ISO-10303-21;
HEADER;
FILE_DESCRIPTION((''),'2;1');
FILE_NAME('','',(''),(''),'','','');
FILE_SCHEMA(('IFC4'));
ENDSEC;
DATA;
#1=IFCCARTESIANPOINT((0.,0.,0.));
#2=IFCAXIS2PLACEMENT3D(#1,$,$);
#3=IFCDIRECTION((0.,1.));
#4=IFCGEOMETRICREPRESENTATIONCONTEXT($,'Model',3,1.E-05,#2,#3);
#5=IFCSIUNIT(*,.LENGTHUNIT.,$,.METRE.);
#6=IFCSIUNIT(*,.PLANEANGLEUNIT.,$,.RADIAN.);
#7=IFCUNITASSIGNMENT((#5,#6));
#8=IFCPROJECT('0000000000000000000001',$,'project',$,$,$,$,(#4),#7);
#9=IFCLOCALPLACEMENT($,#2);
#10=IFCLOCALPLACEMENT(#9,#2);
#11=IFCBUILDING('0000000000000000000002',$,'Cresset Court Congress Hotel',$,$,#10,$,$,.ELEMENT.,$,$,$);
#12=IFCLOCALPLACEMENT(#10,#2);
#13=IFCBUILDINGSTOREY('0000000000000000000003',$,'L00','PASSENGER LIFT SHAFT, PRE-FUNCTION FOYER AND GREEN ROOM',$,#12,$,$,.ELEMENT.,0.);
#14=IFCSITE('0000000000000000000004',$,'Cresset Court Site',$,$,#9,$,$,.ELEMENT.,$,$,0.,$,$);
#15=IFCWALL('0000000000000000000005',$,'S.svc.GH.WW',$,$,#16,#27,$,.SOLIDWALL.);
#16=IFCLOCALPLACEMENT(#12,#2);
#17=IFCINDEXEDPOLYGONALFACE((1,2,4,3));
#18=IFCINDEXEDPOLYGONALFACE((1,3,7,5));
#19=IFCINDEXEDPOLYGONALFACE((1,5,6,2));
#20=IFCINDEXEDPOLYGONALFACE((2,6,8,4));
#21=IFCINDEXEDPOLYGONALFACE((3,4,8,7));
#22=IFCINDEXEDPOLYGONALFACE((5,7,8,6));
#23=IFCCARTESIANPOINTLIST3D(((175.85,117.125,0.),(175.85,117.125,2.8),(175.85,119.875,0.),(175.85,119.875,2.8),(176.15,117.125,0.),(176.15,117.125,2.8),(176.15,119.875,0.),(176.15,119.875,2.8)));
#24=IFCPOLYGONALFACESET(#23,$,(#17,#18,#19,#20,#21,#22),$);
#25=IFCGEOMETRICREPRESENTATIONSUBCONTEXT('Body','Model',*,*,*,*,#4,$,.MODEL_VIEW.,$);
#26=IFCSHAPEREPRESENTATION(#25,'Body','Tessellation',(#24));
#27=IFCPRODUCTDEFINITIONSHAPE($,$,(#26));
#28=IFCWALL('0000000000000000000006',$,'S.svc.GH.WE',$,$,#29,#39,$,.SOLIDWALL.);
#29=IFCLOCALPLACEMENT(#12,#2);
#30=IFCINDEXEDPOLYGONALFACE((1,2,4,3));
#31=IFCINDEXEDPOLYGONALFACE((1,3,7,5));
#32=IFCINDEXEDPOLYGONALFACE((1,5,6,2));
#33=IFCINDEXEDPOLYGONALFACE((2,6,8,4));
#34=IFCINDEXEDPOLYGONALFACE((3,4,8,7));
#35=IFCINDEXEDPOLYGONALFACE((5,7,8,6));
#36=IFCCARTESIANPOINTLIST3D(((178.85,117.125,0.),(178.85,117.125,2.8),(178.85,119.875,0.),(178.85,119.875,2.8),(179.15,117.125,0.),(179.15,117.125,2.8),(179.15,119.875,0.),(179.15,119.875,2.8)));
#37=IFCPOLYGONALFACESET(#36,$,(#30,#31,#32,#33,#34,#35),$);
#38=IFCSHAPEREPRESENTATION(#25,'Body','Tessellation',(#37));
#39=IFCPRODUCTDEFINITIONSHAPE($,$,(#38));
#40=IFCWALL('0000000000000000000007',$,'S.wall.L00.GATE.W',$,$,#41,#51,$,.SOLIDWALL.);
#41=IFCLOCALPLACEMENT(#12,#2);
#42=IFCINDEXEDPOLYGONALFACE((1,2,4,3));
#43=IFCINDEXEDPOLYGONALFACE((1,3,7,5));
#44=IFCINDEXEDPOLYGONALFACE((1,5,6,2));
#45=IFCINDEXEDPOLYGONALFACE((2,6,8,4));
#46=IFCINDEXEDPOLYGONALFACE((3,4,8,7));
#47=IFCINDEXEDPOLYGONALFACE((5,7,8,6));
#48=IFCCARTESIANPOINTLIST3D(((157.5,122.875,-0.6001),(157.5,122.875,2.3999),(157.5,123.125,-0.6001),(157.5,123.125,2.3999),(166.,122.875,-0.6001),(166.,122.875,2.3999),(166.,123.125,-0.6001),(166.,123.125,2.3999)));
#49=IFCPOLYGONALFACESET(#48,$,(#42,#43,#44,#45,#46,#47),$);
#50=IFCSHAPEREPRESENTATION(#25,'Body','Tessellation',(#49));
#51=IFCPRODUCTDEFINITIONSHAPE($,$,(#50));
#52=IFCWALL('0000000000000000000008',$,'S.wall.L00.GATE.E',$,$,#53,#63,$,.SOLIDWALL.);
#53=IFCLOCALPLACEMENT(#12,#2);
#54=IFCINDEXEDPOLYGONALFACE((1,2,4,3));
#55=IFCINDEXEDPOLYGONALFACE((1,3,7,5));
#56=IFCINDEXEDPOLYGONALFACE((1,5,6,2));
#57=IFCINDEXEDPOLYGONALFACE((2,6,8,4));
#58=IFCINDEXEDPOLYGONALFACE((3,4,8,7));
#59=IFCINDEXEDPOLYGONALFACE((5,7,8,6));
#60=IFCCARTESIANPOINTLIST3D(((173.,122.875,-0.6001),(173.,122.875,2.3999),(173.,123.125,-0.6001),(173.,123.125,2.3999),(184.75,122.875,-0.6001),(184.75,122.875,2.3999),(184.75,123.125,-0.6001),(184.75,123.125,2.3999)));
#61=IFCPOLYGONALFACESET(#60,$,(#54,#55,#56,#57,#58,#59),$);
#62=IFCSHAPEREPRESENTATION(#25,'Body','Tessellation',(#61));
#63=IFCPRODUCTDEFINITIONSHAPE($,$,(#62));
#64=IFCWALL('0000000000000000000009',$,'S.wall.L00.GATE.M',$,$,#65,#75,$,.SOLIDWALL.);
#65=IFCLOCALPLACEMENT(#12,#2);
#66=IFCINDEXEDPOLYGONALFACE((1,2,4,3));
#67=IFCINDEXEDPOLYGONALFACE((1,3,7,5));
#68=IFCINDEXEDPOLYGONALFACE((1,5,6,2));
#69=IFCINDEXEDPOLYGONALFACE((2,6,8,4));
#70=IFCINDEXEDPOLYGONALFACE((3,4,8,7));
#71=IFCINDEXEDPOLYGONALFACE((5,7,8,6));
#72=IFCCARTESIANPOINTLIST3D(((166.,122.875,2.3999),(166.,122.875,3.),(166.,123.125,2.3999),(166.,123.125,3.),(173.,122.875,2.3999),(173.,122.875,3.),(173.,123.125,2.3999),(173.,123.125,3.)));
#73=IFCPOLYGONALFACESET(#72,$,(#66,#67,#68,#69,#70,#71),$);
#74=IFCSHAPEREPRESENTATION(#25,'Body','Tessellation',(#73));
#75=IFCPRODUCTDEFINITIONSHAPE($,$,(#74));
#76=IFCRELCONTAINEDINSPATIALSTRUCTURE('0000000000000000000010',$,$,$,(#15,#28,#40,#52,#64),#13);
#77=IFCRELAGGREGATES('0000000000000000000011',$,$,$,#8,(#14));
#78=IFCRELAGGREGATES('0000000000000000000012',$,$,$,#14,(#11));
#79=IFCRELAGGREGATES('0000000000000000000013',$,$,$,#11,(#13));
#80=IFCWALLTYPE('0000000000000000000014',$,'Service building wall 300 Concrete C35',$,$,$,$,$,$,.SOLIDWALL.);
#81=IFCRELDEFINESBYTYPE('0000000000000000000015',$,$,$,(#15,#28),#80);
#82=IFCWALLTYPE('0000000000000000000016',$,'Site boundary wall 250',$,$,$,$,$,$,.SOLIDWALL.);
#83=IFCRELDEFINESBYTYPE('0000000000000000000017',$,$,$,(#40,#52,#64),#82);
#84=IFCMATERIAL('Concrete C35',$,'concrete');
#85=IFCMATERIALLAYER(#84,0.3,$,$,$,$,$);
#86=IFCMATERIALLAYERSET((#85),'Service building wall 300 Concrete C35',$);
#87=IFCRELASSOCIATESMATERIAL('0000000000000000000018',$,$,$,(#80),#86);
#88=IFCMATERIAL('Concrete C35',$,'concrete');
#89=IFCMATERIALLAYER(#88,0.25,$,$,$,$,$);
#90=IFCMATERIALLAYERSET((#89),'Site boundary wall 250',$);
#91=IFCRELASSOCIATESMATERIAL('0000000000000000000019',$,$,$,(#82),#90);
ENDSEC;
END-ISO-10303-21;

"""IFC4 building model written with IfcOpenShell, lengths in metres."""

from ifc_helpers import new_model, si_unit, direction, frame, frame_2d, origin, place, context, subcontext, project, spatial, rectangle, extrude, material, layer, layer_set, type_object, element, save


model = new_model("IFC4")

# Units and contexts
model_context = context("Model", 3, precision=1e-05, world=origin(), true_north=direction((0.0, 1.0)))
body_context = subcontext(model_context, "Body", "Model", "MODEL_VIEW")
ifc_project = project(units=[si_unit("LENGTHUNIT", "METRE"), si_unit("PLANEANGLEUNIT", "RADIAN")], contexts=[model_context])

# Site, building, storey
site_placement = place(None, origin())
site = spatial("IfcSite", under=ifc_project, at=site_placement, Name="Cresset Court Site", CompositionType="ELEMENT", RefElevation=0.0)
building_placement = place(site_placement, origin())
building = spatial("IfcBuilding", under=site, at=building_placement, Name="Cresset Court Congress Hotel", CompositionType="ELEMENT")
storey_placement = place(building_placement, origin())
storey = spatial("IfcBuildingStorey", under=building, at=storey_placement, Name="L00", Description="PASSENGER LIFT SHAFT, PRE-FUNCTION FOYER AND GREEN ROOM", CompositionType="ELEMENT", Elevation=0.0)

# Shared definitions
ifc_material_1 = material(Name="Concrete C35", Category="concrete")
ifc_layer_1 = layer(ifc_material_1, 0.3)
ifc_layer_set_1 = layer_set([ifc_layer_1], Name="Service building wall 300 Concrete C35")
wall_type_1 = type_object("IfcWallType", Name="Service building wall 300 Concrete C35", PredefinedType="SOLIDWALL", material=ifc_layer_set_1)

# Walls
for number, where, z_axis, x_axis, name in (
    (1, (176.0, 117.125, 0.0), (0.0, 0.0, 1.0), (0.0, 1.0, 0.0), "S.svc.GH.WW"),
    (2, (179.0, 117.125, 0.0), (0.0, 0.0, 1.0), (0.0, 1.0, 0.0), "S.svc.GH.WE"),
):
    element("IfcWall", number, at=place(storey_placement, frame(where, z_axis=z_axis, x_axis=x_axis)), inside=storey, type_object=wall_type_1, Name=name, PredefinedType="SOLIDWALL", context=body_context, shape_type="SweptSolid", body=[
        extrude(rectangle(XDim=2.75, YDim=0.3, at=frame_2d((1.375, 0.0))), origin(), (0.0, 0.0, 1.0), 2.8),
    ])
ifc_material_2 = material(Name="Concrete C35", Category="concrete")
ifc_layer_2 = layer(ifc_material_2, 0.25)
ifc_layer_set_2 = layer_set([ifc_layer_2], Name="Site boundary wall 250")
wall_type_2 = type_object("IfcWallType", Name="Site boundary wall 250", PredefinedType="SOLIDWALL", material=ifc_layer_set_2)
wall_1_placement = place(storey_placement, frame((157.5, 123.0, -0.6001), z_axis=(0.0, 0.0, 1.0), x_axis=(1.0, 0.0, 0.0)))
element("IfcWall", 3, at=wall_1_placement, inside=storey, type_object=wall_type_2, Name="S.wall.L00.GATE.W", PredefinedType="SOLIDWALL", context=body_context, shape_type="SweptSolid", body=[
    extrude(rectangle(XDim=8.5, YDim=0.25, at=frame_2d((4.25, 0.0))), origin(), (0.0, 0.0, 1.0), 3.0),
])
wall_2_placement = place(storey_placement, frame((173.0, 123.0, -0.6001), z_axis=(0.0, 0.0, 1.0), x_axis=(1.0, 0.0, 0.0)))
element("IfcWall", 4, at=wall_2_placement, inside=storey, type_object=wall_type_2, Name="S.wall.L00.GATE.E", PredefinedType="SOLIDWALL", context=body_context, shape_type="SweptSolid", body=[
    extrude(rectangle(XDim=11.75, YDim=0.25, at=frame_2d((5.875, 0.0))), origin(), (0.0, 0.0, 1.0), 3.0),
])
wall_3_placement = place(storey_placement, frame((166.0, 123.0, 2.3999), z_axis=(0.0, 0.0, 1.0), x_axis=(1.0, 0.0, 0.0)))
element("IfcWall", 5, at=wall_3_placement, inside=storey, type_object=wall_type_2, Name="S.wall.L00.GATE.M", PredefinedType="SOLIDWALL", context=body_context, shape_type="SweptSolid", body=[
    extrude(rectangle(XDim=7.0, YDim=0.25, at=frame_2d((3.5, 0.0))), origin(), (0.0, 0.0, 1.0), 0.6001),
])

save(model, "model.ifc")
